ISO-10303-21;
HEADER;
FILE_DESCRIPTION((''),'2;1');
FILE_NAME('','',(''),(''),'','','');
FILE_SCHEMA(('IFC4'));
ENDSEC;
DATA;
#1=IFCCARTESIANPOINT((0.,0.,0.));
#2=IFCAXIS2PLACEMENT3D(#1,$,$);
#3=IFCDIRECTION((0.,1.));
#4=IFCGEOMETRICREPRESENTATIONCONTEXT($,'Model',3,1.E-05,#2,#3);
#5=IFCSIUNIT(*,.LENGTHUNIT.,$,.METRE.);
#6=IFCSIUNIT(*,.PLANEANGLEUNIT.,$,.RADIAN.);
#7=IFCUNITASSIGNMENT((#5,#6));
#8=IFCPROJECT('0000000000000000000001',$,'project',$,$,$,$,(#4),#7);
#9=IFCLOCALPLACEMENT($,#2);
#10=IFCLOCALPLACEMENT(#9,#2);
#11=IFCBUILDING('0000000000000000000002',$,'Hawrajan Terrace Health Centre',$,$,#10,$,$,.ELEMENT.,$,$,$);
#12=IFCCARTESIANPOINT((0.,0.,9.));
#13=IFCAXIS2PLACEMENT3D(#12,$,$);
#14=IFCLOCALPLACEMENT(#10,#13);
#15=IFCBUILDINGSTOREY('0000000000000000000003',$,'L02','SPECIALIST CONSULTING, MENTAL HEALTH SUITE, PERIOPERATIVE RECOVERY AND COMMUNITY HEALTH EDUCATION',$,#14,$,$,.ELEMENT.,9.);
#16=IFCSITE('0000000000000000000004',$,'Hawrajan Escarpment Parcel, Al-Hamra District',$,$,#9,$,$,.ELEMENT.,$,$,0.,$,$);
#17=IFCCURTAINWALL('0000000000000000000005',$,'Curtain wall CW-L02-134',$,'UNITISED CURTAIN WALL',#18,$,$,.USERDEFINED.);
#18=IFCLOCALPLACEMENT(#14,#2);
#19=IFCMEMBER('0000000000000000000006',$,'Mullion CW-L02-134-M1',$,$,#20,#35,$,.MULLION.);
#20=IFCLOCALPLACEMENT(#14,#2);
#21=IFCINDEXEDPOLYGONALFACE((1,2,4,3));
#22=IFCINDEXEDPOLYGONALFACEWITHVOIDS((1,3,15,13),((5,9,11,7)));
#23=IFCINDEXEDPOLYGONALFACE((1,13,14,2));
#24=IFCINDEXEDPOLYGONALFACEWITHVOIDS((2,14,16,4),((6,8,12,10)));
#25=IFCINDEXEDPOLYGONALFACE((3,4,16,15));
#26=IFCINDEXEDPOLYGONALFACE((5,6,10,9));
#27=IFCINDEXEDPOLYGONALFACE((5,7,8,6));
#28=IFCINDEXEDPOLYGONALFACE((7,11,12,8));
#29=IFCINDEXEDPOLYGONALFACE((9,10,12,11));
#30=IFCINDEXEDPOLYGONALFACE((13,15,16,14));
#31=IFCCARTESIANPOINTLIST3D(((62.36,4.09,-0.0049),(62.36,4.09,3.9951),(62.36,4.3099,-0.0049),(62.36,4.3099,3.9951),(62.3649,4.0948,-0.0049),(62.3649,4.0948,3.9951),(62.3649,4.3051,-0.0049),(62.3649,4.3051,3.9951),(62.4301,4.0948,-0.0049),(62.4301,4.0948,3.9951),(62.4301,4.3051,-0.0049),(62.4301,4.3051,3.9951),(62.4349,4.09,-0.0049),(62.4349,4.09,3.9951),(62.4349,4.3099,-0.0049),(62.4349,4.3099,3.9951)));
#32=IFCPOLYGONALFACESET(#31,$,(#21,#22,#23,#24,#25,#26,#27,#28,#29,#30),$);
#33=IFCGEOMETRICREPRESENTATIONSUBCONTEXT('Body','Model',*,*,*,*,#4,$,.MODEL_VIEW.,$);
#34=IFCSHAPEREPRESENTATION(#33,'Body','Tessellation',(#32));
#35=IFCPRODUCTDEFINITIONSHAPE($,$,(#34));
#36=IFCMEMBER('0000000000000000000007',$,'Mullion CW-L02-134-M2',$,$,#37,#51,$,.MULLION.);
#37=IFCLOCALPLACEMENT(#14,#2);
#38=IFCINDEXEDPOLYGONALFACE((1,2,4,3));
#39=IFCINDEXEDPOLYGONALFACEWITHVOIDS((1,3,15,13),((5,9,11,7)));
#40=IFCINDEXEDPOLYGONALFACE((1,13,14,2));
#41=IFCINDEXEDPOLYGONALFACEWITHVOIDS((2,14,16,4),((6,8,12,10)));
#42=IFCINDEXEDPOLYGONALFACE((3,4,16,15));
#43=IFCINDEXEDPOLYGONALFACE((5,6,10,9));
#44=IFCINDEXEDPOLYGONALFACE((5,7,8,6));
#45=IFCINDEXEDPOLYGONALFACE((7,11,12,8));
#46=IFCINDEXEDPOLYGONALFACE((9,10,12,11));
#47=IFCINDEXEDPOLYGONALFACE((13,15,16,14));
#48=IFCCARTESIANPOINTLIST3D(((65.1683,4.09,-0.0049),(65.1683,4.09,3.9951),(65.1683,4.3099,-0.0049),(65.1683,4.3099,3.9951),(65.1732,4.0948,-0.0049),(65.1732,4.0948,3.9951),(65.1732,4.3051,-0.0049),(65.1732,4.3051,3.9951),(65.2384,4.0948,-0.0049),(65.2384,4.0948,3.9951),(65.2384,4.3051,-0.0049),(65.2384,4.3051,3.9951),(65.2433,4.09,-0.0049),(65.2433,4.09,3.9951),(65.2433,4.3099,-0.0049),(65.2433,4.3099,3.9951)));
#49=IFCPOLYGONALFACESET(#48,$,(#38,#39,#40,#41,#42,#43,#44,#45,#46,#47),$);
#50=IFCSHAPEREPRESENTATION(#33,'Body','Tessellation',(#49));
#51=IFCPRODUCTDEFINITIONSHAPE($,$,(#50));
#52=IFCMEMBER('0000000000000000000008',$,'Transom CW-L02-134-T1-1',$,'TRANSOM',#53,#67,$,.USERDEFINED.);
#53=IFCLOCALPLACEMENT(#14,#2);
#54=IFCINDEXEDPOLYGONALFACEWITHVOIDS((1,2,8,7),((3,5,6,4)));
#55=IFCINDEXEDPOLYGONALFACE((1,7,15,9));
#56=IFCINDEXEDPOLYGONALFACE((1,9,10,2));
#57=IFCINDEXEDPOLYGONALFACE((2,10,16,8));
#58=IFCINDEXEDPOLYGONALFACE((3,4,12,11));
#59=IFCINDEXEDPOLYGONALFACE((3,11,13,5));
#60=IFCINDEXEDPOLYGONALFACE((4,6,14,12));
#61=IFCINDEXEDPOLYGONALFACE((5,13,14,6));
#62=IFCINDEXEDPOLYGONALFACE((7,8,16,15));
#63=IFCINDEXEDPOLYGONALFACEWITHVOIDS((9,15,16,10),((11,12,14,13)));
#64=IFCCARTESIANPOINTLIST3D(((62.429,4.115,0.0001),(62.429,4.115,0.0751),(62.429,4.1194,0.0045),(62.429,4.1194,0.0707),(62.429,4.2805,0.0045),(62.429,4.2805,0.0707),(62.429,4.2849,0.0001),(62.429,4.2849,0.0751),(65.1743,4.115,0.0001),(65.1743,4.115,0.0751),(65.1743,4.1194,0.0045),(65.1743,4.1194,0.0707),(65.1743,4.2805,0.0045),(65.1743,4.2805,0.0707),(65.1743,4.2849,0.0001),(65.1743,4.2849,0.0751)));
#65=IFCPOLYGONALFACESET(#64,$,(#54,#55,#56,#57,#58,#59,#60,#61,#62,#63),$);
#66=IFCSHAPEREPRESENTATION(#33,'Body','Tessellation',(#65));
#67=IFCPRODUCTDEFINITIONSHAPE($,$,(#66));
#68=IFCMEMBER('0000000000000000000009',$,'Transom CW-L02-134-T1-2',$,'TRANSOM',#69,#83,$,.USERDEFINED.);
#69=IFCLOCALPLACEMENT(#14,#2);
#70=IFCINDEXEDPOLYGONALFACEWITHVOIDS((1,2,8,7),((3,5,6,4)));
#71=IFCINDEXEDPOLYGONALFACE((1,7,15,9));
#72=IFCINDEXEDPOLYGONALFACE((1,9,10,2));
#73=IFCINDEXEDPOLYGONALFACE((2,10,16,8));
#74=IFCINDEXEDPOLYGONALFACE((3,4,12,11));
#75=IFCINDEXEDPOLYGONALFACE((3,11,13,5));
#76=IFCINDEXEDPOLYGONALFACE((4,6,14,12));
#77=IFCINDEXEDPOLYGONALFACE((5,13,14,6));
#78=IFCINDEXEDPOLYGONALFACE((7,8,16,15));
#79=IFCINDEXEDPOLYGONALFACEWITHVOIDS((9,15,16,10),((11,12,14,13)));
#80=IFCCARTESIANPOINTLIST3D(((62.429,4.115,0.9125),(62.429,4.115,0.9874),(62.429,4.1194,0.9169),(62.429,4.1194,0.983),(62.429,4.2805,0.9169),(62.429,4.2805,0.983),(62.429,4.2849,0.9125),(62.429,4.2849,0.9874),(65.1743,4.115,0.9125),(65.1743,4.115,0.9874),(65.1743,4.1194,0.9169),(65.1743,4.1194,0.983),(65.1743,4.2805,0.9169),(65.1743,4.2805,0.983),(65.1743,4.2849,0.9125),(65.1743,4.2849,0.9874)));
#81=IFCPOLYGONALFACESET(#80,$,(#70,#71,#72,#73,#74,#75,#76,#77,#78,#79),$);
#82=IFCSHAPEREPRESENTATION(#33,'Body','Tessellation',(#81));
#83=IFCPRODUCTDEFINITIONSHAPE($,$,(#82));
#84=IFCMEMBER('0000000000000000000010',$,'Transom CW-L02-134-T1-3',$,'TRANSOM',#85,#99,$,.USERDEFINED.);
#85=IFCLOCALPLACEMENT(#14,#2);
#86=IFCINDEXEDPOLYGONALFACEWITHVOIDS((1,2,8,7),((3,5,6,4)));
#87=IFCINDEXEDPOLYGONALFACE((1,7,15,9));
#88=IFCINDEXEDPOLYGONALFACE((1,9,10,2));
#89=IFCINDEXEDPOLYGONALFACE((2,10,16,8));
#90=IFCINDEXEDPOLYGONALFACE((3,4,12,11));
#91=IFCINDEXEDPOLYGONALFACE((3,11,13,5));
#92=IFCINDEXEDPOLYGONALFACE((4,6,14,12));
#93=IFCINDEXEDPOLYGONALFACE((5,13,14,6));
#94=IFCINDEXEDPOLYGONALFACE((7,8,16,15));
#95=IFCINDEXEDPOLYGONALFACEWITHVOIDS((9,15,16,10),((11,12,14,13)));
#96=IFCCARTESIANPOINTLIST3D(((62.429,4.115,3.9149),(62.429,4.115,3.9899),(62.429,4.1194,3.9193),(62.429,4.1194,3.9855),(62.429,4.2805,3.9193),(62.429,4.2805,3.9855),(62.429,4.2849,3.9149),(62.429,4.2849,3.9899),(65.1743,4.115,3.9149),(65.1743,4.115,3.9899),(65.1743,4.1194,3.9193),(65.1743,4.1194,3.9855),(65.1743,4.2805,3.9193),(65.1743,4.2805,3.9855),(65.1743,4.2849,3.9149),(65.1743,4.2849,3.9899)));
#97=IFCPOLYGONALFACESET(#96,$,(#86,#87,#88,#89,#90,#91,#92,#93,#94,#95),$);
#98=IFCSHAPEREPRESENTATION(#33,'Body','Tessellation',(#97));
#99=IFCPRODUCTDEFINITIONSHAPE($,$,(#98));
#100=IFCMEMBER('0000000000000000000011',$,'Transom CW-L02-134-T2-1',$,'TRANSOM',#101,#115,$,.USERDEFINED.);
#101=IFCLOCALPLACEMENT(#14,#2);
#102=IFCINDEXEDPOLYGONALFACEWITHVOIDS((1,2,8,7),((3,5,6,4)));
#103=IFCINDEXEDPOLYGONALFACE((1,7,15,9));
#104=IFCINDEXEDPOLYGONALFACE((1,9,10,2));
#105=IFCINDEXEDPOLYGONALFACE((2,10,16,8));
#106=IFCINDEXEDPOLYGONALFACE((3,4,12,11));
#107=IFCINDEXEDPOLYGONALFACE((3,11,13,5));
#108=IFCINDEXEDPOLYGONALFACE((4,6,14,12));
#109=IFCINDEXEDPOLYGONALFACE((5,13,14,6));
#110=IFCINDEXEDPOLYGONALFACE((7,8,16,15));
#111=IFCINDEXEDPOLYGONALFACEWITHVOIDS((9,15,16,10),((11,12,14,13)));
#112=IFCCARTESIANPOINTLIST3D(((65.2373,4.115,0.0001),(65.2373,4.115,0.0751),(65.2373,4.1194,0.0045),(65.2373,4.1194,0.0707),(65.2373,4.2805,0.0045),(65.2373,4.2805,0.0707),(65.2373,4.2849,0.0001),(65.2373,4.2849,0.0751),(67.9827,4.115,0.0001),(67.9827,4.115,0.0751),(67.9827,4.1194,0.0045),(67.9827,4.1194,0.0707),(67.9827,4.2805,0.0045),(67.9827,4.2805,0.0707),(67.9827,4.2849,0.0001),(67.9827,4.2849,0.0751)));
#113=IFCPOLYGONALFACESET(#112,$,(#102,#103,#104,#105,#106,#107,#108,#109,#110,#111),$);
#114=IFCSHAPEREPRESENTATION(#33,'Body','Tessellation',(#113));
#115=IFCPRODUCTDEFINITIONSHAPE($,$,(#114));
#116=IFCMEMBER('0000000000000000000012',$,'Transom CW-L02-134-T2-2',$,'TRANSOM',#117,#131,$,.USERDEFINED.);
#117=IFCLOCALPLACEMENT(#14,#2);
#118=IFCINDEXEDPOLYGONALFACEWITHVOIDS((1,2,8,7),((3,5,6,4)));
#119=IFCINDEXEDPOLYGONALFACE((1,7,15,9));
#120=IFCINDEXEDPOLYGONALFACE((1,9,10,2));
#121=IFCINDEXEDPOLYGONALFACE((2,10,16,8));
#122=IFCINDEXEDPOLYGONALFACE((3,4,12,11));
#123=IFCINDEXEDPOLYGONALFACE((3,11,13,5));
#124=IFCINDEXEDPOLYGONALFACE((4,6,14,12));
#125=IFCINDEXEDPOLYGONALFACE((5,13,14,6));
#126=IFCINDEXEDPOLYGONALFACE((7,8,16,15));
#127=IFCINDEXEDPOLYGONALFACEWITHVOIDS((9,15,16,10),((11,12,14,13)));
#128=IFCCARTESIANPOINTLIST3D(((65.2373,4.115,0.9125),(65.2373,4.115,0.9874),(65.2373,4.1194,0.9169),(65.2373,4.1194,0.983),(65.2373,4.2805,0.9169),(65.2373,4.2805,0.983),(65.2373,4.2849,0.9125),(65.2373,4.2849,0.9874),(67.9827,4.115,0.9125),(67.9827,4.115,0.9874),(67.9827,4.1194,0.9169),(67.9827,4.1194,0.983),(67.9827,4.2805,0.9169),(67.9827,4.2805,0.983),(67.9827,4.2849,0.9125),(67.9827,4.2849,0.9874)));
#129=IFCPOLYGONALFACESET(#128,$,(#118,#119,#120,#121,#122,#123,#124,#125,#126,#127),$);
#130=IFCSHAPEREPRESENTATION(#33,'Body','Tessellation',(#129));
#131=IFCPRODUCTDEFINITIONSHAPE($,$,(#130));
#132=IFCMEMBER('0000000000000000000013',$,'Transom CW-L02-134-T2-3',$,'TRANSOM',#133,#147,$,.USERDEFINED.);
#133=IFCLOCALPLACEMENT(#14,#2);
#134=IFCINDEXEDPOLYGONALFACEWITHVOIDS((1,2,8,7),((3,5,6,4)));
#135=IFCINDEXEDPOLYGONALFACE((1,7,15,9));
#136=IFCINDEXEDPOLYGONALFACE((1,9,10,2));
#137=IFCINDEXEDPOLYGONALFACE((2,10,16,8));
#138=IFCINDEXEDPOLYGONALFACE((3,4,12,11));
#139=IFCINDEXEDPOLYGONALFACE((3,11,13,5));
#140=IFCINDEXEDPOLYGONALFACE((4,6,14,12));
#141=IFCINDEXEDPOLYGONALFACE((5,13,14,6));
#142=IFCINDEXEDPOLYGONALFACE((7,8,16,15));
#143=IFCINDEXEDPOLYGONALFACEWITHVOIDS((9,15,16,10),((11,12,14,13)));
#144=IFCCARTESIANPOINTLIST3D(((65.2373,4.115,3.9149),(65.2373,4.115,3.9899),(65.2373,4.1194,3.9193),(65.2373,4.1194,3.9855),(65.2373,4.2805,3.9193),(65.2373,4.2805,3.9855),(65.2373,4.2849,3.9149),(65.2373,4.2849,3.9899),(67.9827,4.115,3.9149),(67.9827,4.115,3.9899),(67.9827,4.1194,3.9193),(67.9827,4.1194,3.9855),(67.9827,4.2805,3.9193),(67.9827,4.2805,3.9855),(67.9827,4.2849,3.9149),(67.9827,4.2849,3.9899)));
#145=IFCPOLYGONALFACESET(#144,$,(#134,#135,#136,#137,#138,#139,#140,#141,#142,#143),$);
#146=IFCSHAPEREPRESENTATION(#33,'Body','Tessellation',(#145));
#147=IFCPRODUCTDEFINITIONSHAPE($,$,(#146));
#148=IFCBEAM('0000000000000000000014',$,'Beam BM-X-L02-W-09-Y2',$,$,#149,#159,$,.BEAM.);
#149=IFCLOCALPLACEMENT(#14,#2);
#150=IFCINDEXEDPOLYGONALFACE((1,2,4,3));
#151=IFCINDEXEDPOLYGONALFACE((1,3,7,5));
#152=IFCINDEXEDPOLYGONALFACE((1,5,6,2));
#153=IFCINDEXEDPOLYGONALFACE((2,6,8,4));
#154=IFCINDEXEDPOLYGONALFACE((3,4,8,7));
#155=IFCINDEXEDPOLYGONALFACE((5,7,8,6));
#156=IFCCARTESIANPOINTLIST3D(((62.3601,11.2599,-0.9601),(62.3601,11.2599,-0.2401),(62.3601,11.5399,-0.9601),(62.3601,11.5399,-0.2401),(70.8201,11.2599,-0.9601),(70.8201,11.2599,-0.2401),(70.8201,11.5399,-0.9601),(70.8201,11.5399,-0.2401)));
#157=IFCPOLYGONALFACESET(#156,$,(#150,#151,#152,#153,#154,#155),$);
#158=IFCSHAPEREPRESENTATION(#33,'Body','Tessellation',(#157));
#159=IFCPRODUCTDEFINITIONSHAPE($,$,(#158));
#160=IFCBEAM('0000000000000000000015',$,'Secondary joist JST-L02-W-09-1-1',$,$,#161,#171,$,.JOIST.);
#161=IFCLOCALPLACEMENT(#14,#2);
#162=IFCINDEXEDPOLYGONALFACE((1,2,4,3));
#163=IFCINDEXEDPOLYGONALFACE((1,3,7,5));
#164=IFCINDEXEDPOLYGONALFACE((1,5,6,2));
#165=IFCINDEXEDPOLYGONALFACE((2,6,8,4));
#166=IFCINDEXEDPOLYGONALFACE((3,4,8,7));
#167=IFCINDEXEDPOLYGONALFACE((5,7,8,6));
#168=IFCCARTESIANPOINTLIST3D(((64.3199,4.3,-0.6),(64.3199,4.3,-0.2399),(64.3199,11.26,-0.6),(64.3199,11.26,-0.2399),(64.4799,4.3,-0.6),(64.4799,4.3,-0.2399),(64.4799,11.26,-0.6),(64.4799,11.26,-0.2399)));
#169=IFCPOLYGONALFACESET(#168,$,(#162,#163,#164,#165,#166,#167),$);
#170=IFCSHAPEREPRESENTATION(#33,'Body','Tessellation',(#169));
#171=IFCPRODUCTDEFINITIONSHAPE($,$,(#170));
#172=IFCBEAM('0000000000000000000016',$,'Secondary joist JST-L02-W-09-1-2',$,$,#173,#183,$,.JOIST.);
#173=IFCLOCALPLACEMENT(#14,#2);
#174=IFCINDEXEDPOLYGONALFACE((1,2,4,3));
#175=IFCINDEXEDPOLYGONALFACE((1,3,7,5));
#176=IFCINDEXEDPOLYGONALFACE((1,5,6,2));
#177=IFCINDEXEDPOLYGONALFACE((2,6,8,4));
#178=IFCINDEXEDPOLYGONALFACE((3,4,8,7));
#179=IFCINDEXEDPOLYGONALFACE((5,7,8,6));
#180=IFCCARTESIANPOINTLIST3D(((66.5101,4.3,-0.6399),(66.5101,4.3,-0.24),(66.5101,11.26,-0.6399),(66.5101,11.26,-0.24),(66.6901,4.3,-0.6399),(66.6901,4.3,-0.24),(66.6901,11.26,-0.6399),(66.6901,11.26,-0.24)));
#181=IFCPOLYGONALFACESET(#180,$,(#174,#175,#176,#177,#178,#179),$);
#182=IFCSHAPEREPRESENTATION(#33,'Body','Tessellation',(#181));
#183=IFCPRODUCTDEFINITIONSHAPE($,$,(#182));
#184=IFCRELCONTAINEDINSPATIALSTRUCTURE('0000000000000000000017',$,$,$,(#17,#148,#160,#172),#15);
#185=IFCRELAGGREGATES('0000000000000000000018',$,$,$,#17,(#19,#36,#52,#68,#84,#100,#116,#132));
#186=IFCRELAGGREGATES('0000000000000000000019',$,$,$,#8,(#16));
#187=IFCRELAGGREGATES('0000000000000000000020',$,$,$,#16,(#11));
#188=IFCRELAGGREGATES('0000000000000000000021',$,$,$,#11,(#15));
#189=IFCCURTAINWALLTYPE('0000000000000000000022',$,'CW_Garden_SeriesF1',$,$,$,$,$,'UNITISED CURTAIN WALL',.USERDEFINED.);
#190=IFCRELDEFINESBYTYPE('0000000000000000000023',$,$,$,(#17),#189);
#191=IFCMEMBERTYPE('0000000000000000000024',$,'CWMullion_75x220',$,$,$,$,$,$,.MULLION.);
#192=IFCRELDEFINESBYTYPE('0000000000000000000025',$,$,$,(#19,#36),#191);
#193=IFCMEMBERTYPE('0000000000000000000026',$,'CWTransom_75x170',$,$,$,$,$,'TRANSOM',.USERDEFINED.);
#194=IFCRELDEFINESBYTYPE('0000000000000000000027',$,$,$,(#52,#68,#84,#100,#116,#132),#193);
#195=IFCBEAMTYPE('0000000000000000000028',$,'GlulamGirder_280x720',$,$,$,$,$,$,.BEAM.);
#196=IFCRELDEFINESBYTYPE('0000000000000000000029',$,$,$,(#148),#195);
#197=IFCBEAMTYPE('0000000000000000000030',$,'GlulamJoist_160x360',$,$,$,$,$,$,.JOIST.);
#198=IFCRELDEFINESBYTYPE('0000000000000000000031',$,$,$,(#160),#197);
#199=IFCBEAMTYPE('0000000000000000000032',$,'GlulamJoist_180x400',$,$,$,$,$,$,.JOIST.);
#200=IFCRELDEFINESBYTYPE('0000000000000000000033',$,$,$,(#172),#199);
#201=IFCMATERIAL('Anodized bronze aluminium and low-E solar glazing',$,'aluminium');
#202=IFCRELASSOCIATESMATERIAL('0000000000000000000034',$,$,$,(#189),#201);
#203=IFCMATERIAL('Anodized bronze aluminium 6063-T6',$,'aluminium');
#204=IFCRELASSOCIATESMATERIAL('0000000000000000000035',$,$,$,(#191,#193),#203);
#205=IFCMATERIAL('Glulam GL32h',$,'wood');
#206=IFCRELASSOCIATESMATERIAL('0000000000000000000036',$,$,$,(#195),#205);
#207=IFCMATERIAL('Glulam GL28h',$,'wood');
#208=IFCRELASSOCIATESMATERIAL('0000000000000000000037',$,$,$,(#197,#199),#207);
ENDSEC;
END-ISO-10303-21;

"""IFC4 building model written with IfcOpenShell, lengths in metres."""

from ifc_helpers import new_model, si_unit, direction, frame, origin, origin_2d, place, context, subcontext, project, spatial, rectangle, hollow_rectangle, extrude, material, material_profile, profile_set, type_object, element, aggregate, save


model = new_model("IFC4")

# Units and contexts
model_context = context("Model", 3, precision=1e-05, world=origin(), true_north=direction((0.0, 1.0)))
body_context = subcontext(model_context, "Body", "Model", "MODEL_VIEW")
ifc_project = project(units=[si_unit("LENGTHUNIT", "METRE"), si_unit("PLANEANGLEUNIT", "RADIAN")], contexts=[model_context])

# Site, building, storey
site_placement = place(None, origin())
site = spatial("IfcSite", under=ifc_project, at=site_placement, Name="Hawrajan Escarpment Parcel, Al-Hamra District", CompositionType="ELEMENT", RefElevation=0.0)
building_placement = place(site_placement, origin())
building = spatial("IfcBuilding", under=site, at=building_placement, Name="Hawrajan Terrace Health Centre", CompositionType="ELEMENT")
storey_placement = place(building_placement, frame((0.0, 0.0, 9.0)))
storey = spatial("IfcBuildingStorey", under=building, at=storey_placement, Name="L02", Description="SPECIALIST CONSULTING, MENTAL HEALTH SUITE, PERIOPERATIVE RECOVERY AND COMMUNITY HEALTH EDUCATION", CompositionType="ELEMENT", Elevation=9.0)

# Curtain wall, members
ifc_material_1 = material(Name="Anodized bronze aluminium and low-E solar glazing", Category="aluminium")
curtain_wall_type = type_object("IfcCurtainWallType", Name="CW_Garden_SeriesF1", ElementType="UNITISED CURTAIN WALL", PredefinedType="USERDEFINED", material=ifc_material_1)
curtain_wall_placement = place(storey_placement, origin())
curtain_wall = element("IfcCurtainWall", 1, at=curtain_wall_placement, inside=storey, type_object=curtain_wall_type, Name="Curtain wall CW-L02-134", ObjectType="UNITISED CURTAIN WALL", PredefinedType="USERDEFINED")
ifc_material_2 = material(Name="Anodized bronze aluminium 6063-T6", Category="aluminium")
ifc_material_profile_1 = material_profile(ifc_material_2, hollow_rectangle(XDim=0.075, YDim=0.22, WallThickness=0.0049, at=origin_2d()), Name="CW MUL 75x220")
ifc_profile_set_1 = profile_set([ifc_material_profile_1], Name="Anodized bronze aluminium 6063-T6")
member_type_1 = type_object("IfcMemberType", Name="CWMullion_75x220", PredefinedType="MULLION", material=ifc_profile_set_1)
member_1_placement = place(storey_placement, frame((62.3975, 4.2, -0.0049), z_axis=(0.0, 0.0, 1.0), x_axis=(1.0, 0.0, 0.0)))
member_1 = element("IfcMember", 2, at=member_1_placement, type_object=member_type_1, Name="Mullion CW-L02-134-M1", PredefinedType="MULLION", context=body_context, shape_type="SweptSolid", body=[
    extrude(hollow_rectangle(XDim=0.075, YDim=0.22, WallThickness=0.0049, at=origin_2d()), origin(), (0.0, 0.0, 1.0), 4.0),
])
member_2_placement = place(storey_placement, frame((65.2058, 4.2, -0.0049), z_axis=(0.0, 0.0, 1.0), x_axis=(1.0, 0.0, 0.0)))
member_2 = element("IfcMember", 3, at=member_2_placement, type_object=member_type_1, Name="Mullion CW-L02-134-M2", PredefinedType="MULLION", context=body_context, shape_type="SweptSolid", body=[
    extrude(hollow_rectangle(XDim=0.075, YDim=0.22, WallThickness=0.0049, at=origin_2d()), origin(), (0.0, 0.0, 1.0), 4.0),
])
ifc_material_profile_2 = material_profile(ifc_material_2, hollow_rectangle(XDim=0.075, YDim=0.1699, WallThickness=0.0044, at=origin_2d()), Name="CW TRN 75x170")
ifc_profile_set_2 = profile_set([ifc_material_profile_2], Name="Anodized bronze aluminium 6063-T6")
member_type_2 = type_object("IfcMemberType", Name="CWTransom_75x170", ElementType="TRANSOM", PredefinedType="USERDEFINED", material=ifc_profile_set_2)
member_3_placement = place(storey_placement, frame((62.429, 4.2, 0.0376), z_axis=(1.0, 0.0, 0.0), x_axis=(0.0, 0.0, 1.0)))
member_3 = element("IfcMember", 4, at=member_3_placement, type_object=member_type_2, Name="Transom CW-L02-134-T1-1", ObjectType="TRANSOM", PredefinedType="USERDEFINED", context=body_context, shape_type="SweptSolid", body=[
    extrude(hollow_rectangle(XDim=0.075, YDim=0.1699, WallThickness=0.0044, at=origin_2d()), origin(), (0.0, 0.0, 1.0), 2.7454),
])
member_4_placement = place(storey_placement, frame((62.429, 4.2, 0.95), z_axis=(1.0, 0.0, 0.0), x_axis=(0.0, 0.0, 1.0)))
member_4 = element("IfcMember", 5, at=member_4_placement, type_object=member_type_2, Name="Transom CW-L02-134-T1-2", ObjectType="TRANSOM", PredefinedType="USERDEFINED", context=body_context, shape_type="SweptSolid", body=[
    extrude(hollow_rectangle(XDim=0.075, YDim=0.1699, WallThickness=0.0044, at=origin_2d()), origin(), (0.0, 0.0, 1.0), 2.7454),
])
member_5_placement = place(storey_placement, frame((62.429, 4.2, 3.9524), z_axis=(1.0, 0.0, 0.0), x_axis=(0.0, 0.0, 1.0)))
member_5 = element("IfcMember", 6, at=member_5_placement, type_object=member_type_2, Name="Transom CW-L02-134-T1-3", ObjectType="TRANSOM", PredefinedType="USERDEFINED", context=body_context, shape_type="SweptSolid", body=[
    extrude(hollow_rectangle(XDim=0.075, YDim=0.1699, WallThickness=0.0044, at=origin_2d()), origin(), (0.0, 0.0, 1.0), 2.7454),
])
member_6_placement = place(storey_placement, frame((65.2373, 4.2, 0.0376), z_axis=(1.0, 0.0, 0.0), x_axis=(0.0, 0.0, 1.0)))
member_6 = element("IfcMember", 7, at=member_6_placement, type_object=member_type_2, Name="Transom CW-L02-134-T2-1", ObjectType="TRANSOM", PredefinedType="USERDEFINED", context=body_context, shape_type="SweptSolid", body=[
    extrude(hollow_rectangle(XDim=0.075, YDim=0.1699, WallThickness=0.0044, at=origin_2d()), origin(), (0.0, 0.0, 1.0), 2.7454),
])
member_7_placement = place(storey_placement, frame((65.2373, 4.2, 0.95), z_axis=(1.0, 0.0, 0.0), x_axis=(0.0, 0.0, 1.0)))
member_7 = element("IfcMember", 8, at=member_7_placement, type_object=member_type_2, Name="Transom CW-L02-134-T2-2", ObjectType="TRANSOM", PredefinedType="USERDEFINED", context=body_context, shape_type="SweptSolid", body=[
    extrude(hollow_rectangle(XDim=0.075, YDim=0.1699, WallThickness=0.0044, at=origin_2d()), origin(), (0.0, 0.0, 1.0), 2.7454),
])
member_8_placement = place(storey_placement, frame((65.2373, 4.2, 3.9524), z_axis=(1.0, 0.0, 0.0), x_axis=(0.0, 0.0, 1.0)))
member_8 = element("IfcMember", 9, at=member_8_placement, type_object=member_type_2, Name="Transom CW-L02-134-T2-3", ObjectType="TRANSOM", PredefinedType="USERDEFINED", context=body_context, shape_type="SweptSolid", body=[
    extrude(hollow_rectangle(XDim=0.075, YDim=0.1699, WallThickness=0.0044, at=origin_2d()), origin(), (0.0, 0.0, 1.0), 2.7454),
])

# Beams
ifc_material_3 = material(Name="Glulam GL32h", Category="wood")
ifc_material_profile_3 = material_profile(ifc_material_3, rectangle(XDim=0.28, YDim=0.72, at=origin_2d()), Name="GL BM 280x720")
ifc_profile_set_3 = profile_set([ifc_material_profile_3], Name="Glulam GL32h")
beam_type_1 = type_object("IfcBeamType", Name="GlulamGirder_280x720", PredefinedType="BEAM", material=ifc_profile_set_3)
beam_1_placement = place(storey_placement, frame((62.3601, 11.3999, -0.6001), z_axis=(1.0, 0.0, 0.0), x_axis=(0.0, 1.0, 0.0)))
element("IfcBeam", 10, at=beam_1_placement, inside=storey, type_object=beam_type_1, Name="Beam BM-X-L02-W-09-Y2", PredefinedType="BEAM", context=body_context, shape_type="SweptSolid", body=[
    extrude(rectangle(XDim=0.28, YDim=0.72, at=origin_2d()), origin(), (0.0, 0.0, 1.0), 8.46),
])
ifc_material_4 = material(Name="Glulam GL28h", Category="wood")
ifc_material_profile_4 = material_profile(ifc_material_4, rectangle(XDim=0.1599, YDim=0.3601, at=origin_2d()), Name="GL JST 160x360")
ifc_profile_set_4 = profile_set([ifc_material_profile_4], Name="Glulam GL28h")
beam_type_2 = type_object("IfcBeamType", Name="GlulamJoist_160x360", PredefinedType="JOIST", material=ifc_profile_set_4)
beam_2_placement = place(storey_placement, frame((64.3999, 4.3, -0.4199), z_axis=(0.0, 1.0, 0.0), x_axis=(-1.0, 0.0, 0.0)))
element("IfcBeam", 11, at=beam_2_placement, inside=storey, type_object=beam_type_2, Name="Secondary joist JST-L02-W-09-1-1", PredefinedType="JOIST", context=body_context, shape_type="SweptSolid", body=[
    extrude(rectangle(XDim=0.1599, YDim=0.3601, at=origin_2d()), origin(), (0.0, 0.0, 1.0), 6.96),
])
ifc_material_profile_5 = material_profile(ifc_material_4, rectangle(XDim=0.1799, YDim=0.3999, at=origin_2d()), Name="GL JST 180x400")
ifc_profile_set_5 = profile_set([ifc_material_profile_5], Name="Glulam GL28h")
beam_type_3 = type_object("IfcBeamType", Name="GlulamJoist_180x400", PredefinedType="JOIST", material=ifc_profile_set_5)
beam_3_placement = place(storey_placement, frame((66.6001, 4.3, -0.4399), z_axis=(0.0, 1.0, 0.0), x_axis=(-1.0, 0.0, 0.0)))
element("IfcBeam", 12, at=beam_3_placement, inside=storey, type_object=beam_type_3, Name="Secondary joist JST-L02-W-09-1-2", PredefinedType="JOIST", context=body_context, shape_type="SweptSolid", body=[
    extrude(rectangle(XDim=0.1799, YDim=0.3999, at=origin_2d()), origin(), (0.0, 0.0, 1.0), 6.96),
])

aggregate(curtain_wall, [member_1, member_2, member_3, member_4, member_5, member_6, member_7, member_8])

save(model, "model.ifc")
